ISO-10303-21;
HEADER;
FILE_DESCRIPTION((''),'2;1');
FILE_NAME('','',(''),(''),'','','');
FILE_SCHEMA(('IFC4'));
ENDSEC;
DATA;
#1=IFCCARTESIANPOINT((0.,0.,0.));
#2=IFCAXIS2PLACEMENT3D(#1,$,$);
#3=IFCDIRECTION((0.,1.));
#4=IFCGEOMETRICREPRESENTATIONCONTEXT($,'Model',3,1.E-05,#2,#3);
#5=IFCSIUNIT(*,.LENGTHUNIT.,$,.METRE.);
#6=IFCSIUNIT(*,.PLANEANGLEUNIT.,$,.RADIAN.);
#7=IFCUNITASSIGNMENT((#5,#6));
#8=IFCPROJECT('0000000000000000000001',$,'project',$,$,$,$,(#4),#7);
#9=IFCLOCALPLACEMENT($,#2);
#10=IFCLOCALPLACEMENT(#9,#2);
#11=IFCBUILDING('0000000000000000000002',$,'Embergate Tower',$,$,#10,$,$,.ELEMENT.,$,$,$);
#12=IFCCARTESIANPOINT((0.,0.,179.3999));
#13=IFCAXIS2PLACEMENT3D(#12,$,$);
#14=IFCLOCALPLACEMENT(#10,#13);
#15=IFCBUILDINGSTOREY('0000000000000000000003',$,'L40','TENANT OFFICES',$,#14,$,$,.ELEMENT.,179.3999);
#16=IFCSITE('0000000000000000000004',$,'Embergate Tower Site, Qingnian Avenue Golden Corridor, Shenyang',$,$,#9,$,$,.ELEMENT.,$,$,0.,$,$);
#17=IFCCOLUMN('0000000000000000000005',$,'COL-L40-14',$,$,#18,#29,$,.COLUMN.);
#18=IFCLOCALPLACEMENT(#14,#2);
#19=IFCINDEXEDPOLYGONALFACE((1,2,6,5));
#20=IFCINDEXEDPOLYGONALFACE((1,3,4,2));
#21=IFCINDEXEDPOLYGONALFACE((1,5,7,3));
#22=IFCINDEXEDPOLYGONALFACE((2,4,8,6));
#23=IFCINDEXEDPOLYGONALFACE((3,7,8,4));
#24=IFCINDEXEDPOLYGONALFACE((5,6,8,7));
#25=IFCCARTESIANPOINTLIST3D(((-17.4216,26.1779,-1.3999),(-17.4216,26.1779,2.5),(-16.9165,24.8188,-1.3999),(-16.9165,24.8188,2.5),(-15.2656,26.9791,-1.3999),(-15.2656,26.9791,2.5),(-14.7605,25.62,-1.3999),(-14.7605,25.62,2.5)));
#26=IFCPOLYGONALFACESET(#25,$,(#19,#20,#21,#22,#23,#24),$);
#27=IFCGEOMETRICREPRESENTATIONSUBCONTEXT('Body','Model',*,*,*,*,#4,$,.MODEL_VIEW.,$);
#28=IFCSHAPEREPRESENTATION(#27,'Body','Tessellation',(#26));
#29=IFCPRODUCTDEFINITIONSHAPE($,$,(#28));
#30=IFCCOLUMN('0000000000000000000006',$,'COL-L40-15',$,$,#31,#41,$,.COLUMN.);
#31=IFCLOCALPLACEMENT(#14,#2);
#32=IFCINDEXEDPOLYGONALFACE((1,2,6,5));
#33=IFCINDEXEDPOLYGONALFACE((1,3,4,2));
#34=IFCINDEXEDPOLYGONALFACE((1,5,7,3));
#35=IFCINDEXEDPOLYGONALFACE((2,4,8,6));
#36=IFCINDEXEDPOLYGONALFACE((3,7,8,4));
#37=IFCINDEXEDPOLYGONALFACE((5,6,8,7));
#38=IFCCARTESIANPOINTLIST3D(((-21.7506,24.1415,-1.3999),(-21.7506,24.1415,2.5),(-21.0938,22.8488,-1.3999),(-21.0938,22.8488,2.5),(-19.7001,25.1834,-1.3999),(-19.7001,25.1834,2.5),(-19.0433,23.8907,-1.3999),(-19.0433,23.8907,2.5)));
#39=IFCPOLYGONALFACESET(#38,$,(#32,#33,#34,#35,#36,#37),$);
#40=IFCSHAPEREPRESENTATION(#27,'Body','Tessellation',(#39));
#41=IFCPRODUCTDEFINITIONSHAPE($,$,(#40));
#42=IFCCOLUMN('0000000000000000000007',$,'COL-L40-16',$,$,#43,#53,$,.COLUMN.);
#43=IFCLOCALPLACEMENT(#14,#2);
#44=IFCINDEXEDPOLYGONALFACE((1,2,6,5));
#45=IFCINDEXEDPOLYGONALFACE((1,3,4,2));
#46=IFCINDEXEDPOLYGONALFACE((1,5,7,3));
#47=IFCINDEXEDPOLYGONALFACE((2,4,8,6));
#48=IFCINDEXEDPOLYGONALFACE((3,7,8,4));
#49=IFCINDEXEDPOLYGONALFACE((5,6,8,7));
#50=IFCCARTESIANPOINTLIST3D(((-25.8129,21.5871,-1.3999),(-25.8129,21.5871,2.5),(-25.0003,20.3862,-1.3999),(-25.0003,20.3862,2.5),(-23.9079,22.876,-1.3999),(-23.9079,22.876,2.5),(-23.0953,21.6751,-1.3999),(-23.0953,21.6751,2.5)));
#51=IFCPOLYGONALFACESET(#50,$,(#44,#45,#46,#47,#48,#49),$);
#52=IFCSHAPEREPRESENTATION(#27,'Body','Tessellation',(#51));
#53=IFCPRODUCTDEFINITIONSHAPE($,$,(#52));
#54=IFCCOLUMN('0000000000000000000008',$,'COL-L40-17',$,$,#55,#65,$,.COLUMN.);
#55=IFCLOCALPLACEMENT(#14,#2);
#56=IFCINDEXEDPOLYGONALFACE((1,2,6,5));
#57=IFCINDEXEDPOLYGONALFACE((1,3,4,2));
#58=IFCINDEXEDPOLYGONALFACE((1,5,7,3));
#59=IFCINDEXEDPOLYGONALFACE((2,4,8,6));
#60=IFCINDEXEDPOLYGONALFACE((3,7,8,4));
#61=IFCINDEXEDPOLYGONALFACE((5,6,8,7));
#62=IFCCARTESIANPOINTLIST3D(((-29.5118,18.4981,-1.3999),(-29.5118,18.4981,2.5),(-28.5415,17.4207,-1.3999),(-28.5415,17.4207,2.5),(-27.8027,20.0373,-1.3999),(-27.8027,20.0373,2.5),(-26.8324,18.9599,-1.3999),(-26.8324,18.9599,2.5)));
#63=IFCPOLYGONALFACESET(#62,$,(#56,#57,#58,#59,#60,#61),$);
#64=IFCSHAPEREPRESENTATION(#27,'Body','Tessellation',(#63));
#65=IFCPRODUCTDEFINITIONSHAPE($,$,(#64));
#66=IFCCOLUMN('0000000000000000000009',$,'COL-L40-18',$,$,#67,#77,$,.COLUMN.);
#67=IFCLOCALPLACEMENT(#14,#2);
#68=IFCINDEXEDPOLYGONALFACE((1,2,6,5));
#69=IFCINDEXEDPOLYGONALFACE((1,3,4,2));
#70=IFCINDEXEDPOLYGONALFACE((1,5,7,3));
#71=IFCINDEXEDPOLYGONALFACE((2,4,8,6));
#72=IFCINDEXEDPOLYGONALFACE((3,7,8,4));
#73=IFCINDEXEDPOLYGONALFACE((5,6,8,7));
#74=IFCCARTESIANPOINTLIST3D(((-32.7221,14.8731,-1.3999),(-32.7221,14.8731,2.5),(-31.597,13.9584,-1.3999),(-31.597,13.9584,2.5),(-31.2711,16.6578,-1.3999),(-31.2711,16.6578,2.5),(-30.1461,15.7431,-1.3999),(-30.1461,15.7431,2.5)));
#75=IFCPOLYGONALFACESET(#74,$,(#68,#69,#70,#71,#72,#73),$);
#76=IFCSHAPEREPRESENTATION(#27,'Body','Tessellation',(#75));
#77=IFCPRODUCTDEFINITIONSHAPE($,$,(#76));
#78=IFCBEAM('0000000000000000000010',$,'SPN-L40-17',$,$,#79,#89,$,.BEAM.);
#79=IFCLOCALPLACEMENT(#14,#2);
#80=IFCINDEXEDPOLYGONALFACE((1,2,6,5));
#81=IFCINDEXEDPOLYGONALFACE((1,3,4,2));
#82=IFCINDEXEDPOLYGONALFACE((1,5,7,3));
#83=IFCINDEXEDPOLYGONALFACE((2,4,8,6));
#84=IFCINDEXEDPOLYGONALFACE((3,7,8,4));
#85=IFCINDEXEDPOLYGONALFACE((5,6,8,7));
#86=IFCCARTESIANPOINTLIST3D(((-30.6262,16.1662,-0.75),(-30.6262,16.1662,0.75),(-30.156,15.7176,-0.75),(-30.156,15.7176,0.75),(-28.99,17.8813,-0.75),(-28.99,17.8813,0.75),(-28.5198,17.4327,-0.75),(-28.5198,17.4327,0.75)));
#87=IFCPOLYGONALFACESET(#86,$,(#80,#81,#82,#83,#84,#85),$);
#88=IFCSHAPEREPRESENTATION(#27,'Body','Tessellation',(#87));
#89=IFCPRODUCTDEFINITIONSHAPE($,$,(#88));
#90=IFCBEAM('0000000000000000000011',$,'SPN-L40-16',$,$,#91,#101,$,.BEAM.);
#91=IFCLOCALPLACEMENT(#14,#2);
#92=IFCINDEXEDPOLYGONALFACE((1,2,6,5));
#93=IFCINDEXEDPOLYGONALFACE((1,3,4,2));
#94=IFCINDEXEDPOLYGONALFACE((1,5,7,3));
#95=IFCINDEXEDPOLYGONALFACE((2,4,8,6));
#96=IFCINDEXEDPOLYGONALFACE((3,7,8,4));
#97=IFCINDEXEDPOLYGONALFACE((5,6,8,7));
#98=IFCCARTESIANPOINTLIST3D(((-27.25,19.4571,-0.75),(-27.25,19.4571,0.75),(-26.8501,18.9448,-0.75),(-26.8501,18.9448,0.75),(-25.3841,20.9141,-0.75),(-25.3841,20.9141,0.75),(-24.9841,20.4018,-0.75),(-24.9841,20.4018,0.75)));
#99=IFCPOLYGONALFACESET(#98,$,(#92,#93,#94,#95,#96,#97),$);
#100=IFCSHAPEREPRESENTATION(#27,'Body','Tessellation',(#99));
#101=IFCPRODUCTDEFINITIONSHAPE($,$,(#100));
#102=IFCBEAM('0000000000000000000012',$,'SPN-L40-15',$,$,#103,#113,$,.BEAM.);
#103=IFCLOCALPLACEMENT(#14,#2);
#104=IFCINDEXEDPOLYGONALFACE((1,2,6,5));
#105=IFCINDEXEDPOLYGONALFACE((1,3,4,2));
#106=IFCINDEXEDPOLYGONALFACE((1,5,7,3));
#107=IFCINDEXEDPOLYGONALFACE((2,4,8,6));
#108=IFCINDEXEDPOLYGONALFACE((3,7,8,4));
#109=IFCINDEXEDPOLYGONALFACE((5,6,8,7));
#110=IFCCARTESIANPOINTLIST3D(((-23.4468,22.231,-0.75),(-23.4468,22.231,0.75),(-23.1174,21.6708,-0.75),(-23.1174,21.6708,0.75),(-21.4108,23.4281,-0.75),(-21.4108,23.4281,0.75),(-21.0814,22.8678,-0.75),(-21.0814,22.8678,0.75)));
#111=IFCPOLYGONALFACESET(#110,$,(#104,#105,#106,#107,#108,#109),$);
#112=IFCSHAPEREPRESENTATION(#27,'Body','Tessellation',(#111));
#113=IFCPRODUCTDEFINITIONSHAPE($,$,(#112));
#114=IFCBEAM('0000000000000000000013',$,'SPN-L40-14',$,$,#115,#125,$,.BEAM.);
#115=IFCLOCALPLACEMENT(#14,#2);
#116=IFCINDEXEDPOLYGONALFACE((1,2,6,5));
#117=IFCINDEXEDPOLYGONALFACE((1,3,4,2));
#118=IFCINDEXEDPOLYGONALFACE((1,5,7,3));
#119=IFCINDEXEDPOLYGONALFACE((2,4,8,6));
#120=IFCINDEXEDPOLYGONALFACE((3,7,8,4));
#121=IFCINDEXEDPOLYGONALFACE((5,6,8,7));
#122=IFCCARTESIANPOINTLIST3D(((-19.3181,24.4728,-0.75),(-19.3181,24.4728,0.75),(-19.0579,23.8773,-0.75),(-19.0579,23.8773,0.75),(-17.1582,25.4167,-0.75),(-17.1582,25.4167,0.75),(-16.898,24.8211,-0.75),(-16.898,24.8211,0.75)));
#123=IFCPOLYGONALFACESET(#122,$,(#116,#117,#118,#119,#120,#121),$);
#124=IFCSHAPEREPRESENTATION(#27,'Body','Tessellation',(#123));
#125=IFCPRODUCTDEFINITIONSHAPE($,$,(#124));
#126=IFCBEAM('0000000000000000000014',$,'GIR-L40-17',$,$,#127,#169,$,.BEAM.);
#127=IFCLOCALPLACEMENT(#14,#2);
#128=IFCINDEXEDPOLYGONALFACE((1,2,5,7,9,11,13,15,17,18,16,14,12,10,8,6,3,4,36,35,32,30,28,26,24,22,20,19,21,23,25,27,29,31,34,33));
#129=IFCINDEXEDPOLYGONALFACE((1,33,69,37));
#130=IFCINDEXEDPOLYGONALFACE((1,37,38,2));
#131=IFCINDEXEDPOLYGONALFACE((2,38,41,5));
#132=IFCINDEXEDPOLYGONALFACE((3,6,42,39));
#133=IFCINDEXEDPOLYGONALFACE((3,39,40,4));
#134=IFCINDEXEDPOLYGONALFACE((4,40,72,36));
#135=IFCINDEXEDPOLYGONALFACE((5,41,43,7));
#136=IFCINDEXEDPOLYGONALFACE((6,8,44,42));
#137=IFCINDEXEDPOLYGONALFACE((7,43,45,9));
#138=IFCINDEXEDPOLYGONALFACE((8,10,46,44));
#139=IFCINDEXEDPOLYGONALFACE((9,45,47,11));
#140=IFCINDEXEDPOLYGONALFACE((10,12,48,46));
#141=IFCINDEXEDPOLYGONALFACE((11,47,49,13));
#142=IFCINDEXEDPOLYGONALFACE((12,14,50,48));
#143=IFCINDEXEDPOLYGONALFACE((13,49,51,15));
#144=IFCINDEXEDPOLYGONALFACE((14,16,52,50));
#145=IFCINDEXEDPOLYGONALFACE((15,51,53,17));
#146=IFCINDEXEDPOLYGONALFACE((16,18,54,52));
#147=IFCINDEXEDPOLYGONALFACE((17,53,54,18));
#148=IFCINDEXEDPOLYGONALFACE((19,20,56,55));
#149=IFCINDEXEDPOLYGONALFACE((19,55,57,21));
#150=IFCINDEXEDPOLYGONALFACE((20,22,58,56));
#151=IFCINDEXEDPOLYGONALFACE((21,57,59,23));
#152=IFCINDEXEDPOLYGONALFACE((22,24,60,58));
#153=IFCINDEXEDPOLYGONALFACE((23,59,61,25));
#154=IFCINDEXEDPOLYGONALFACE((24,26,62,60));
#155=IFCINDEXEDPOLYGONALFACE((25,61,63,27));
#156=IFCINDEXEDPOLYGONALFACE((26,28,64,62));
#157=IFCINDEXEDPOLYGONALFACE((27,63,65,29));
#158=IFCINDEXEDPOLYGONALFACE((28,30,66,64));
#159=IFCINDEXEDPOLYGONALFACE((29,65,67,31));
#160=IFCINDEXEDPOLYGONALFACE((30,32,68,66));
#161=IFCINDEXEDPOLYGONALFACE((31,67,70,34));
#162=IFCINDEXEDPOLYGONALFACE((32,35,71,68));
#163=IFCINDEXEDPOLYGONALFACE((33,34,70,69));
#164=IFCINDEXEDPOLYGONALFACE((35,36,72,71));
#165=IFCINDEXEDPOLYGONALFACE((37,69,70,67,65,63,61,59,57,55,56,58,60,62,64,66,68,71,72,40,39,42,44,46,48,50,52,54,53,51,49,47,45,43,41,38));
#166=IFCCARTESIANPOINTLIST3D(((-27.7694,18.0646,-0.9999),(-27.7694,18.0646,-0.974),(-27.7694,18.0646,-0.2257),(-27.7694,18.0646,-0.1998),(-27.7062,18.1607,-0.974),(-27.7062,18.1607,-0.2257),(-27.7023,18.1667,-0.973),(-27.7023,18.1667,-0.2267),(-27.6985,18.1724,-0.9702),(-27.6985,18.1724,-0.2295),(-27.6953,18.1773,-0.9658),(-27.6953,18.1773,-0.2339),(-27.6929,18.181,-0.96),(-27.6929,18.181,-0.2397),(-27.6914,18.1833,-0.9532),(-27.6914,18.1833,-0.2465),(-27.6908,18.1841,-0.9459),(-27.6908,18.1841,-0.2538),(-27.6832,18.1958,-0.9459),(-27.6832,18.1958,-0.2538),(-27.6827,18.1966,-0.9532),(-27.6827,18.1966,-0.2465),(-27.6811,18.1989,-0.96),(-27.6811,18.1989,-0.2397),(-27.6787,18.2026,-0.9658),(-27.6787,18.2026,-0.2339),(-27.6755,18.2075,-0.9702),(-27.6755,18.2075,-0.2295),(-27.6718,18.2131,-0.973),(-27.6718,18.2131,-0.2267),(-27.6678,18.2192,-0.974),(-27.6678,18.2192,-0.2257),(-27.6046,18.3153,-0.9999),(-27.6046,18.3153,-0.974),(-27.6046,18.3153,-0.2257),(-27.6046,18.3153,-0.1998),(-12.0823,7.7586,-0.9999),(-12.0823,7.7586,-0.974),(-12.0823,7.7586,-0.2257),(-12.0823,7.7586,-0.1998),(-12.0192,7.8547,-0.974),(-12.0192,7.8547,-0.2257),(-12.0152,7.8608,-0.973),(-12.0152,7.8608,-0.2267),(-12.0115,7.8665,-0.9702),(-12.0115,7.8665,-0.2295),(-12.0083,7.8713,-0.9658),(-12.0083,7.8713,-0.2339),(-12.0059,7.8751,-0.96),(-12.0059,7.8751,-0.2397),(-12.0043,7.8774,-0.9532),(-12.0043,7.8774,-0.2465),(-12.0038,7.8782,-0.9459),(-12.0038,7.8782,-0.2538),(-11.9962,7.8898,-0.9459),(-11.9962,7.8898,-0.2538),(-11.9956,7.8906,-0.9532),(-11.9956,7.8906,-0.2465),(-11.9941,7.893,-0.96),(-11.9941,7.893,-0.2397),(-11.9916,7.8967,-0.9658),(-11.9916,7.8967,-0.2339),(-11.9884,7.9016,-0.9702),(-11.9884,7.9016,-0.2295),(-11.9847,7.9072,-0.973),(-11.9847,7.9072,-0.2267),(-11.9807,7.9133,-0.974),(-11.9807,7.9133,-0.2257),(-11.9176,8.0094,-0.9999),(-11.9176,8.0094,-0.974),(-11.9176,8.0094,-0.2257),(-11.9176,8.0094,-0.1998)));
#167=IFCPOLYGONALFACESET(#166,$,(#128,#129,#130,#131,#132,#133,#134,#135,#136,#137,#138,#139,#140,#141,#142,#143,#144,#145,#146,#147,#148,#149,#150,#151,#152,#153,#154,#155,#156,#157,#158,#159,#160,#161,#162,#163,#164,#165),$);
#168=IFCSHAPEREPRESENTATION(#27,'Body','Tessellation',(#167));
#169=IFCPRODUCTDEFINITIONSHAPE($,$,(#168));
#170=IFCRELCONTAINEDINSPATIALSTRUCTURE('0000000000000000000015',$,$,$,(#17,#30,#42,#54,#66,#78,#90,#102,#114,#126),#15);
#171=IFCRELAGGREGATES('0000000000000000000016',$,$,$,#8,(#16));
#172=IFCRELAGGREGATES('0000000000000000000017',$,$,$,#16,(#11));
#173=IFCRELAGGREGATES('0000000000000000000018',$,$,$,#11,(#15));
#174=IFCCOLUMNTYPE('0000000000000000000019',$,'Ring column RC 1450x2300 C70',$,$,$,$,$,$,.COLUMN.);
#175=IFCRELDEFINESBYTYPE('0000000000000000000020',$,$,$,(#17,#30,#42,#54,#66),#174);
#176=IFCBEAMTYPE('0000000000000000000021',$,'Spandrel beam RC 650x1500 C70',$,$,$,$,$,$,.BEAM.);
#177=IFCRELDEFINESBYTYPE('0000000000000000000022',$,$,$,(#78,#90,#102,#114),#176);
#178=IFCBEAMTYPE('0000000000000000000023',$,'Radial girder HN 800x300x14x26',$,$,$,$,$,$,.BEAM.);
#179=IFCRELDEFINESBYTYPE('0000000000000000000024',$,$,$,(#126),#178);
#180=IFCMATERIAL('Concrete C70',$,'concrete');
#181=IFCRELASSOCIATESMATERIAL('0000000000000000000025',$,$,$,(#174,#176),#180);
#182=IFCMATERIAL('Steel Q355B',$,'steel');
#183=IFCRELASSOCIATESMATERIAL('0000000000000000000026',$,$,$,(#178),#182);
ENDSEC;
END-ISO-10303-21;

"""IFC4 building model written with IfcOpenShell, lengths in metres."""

from ifc_helpers import new_model, si_unit, direction, frame, origin, origin_2d, place, context, subcontext, project, spatial, rectangle, i_section, extrude, source, transform, mapped, material, material_profile, profile_set, type_object, element, save


model = new_model("IFC4")

# Units and contexts
model_context = context("Model", 3, precision=1e-05, world=origin(), true_north=direction((0.0, 1.0)))
body_context = subcontext(model_context, "Body", "Model", "MODEL_VIEW")
ifc_project = project(units=[si_unit("LENGTHUNIT", "METRE"), si_unit("PLANEANGLEUNIT", "RADIAN")], contexts=[model_context])

# Site, building, storey
site_placement = place(None, origin())
site = spatial("IfcSite", under=ifc_project, at=site_placement, Name="Embergate Tower Site, Qingnian Avenue Golden Corridor, Shenyang", CompositionType="ELEMENT", RefElevation=0.0)
building_placement = place(site_placement, origin())
building = spatial("IfcBuilding", under=site, at=building_placement, Name="Embergate Tower", CompositionType="ELEMENT")
storey_placement = place(building_placement, frame((0.0, 0.0, 179.3999)))
storey = spatial("IfcBuildingStorey", under=building, at=storey_placement, Name="L40", Description="TENANT OFFICES", CompositionType="ELEMENT", Elevation=179.3999)

# Columns
ifc_material_1 = material(Name="Concrete C70", Category="concrete")
ifc_material_profile_1 = material_profile(ifc_material_1, rectangle(XDim=1.45, YDim=2.3, at=origin_2d()), Name="RC 1450x2300")
ifc_profile_set_1 = profile_set([ifc_material_profile_1], Name="Concrete C70")
column_type = type_object("IfcColumnType", Name="Ring column RC 1450x2300 C70", PredefinedType="COLUMN", material=ifc_profile_set_1)
shared_shape_1 = source(origin(), body_context, "Body", "SweptSolid", [
    extrude(rectangle(XDim=1.45, YDim=2.3, at=origin_2d()), origin(), (0.0, 0.0, 1.0), 3.8999),
])
for number, where, z_axis, x_axis, name in (
    (1, (-16.0911, 25.8989, -1.3999), (0.0, 0.0, 1.0), (-0.348343, 0.937367, 0.0), "COL-L40-14"),
    (2, (-20.397, 24.0161, -1.3999), (0.0, 0.0, 1.0), (-0.452995, 0.891513, 0.0), "COL-L40-15"),
    (3, (-24.4541, 21.6311, -1.3999), (0.0, 0.0, 1.0), (-0.560393, 0.828227, 0.0), "COL-L40-16"),
    (4, (-28.1721, 18.729, -1.3999), (0.0, 0.0, 1.0), (-0.669208, 0.743075, 0.0), "COL-L40-17"),
    (5, (-31.4341, 15.3081, -1.3999), (0.0, 0.0, 1.0), (-0.775914, 0.630838, 0.0), "COL-L40-18"),
):
    element("IfcColumn", number, at=place(storey_placement, frame(where, z_axis=z_axis, x_axis=x_axis)), inside=storey, type_object=column_type, Name=name, PredefinedType="COLUMN", context=body_context, shape_type="MappedRepresentation", body=[
        mapped(shared_shape_1, transform((0.0, 0.0, 0.0))),
    ])

# Beams
ifc_material_profile_2 = material_profile(ifc_material_1, rectangle(XDim=0.6499, YDim=1.5, at=origin_2d()), Name="RC 650x1500")
ifc_profile_set_2 = profile_set([ifc_material_profile_2], Name="Concrete C70")
beam_type_1 = type_object("IfcBeamType", Name="Spandrel beam RC 650x1500 C70", PredefinedType="BEAM", material=ifc_profile_set_2)
shared_shape_2 = source(origin(), body_context, "Body", "SweptSolid", [
    extrude(rectangle(XDim=0.6499, YDim=1.5, at=origin_2d()), origin(), (0.0, 0.0, 1.0), 2.3704),
])
beam_1_placement = place(storey_placement, frame((-28.7549, 17.657, 0.0), z_axis=(-0.690277, -0.723545, 0.0), x_axis=(0.723545, -0.690277, 0.0)))
element("IfcBeam", 6, at=beam_1_placement, inside=storey, type_object=beam_type_1, Name="SPN-L40-17", PredefinedType="BEAM", context=body_context, shape_type="MappedRepresentation", body=[
    mapped(shared_shape_2, transform((0.0, 0.0, 0.0))),
])
shared_shape_3 = source(origin(), body_context, "Body", "SweptSolid", [
    extrude(rectangle(XDim=0.6499, YDim=1.5, at=origin_2d()), origin(), (0.0, 0.0, 1.0), 2.3674),
])
beam_2_placement = place(storey_placement, frame((-25.1841, 20.658, 0.0), z_axis=(-0.788179, -0.615446, 0.0), x_axis=(0.615446, -0.788179, 0.0)))
element("IfcBeam", 7, at=beam_2_placement, inside=storey, type_object=beam_type_1, Name="SPN-L40-16", PredefinedType="BEAM", context=body_context, shape_type="MappedRepresentation", body=[
    mapped(shared_shape_3, transform((0.0, 0.0, 0.0))),
])
shared_shape_4 = source(origin(), body_context, "Body", "SweptSolid", [
    extrude(rectangle(XDim=0.6499, YDim=1.5, at=origin_2d()), origin(), (0.0, 0.0, 1.0), 2.3618),
])
beam_3_placement = place(storey_placement, frame((-21.2461, 23.1479, 0.0), z_axis=(-0.862038, -0.506844, 0.0), x_axis=(0.506844, -0.862038, 0.0)))
element("IfcBeam", 8, at=beam_3_placement, inside=storey, type_object=beam_type_1, Name="SPN-L40-15", PredefinedType="BEAM", context=body_context, shape_type="MappedRepresentation", body=[
    mapped(shared_shape_4, transform((0.0, 0.0, 0.0))),
])
shared_shape_5 = source(origin(), body_context, "Body", "SweptSolid", [
    extrude(rectangle(XDim=0.6499, YDim=1.5, at=origin_2d()), origin(), (0.0, 0.0, 1.0), 2.3572),
])
beam_4_placement = place(storey_placement, frame((-17.0281, 25.1189, 0.0), z_axis=(-0.916331, -0.400422, 0.0), x_axis=(0.400422, -0.916331, 0.0)))
element("IfcBeam", 9, at=beam_4_placement, inside=storey, type_object=beam_type_1, Name="SPN-L40-14", PredefinedType="BEAM", context=body_context, shape_type="MappedRepresentation", body=[
    mapped(shared_shape_5, transform((0.0, 0.0, 0.0))),
])
ifc_material_2 = material(Name="Steel Q355B", Category="steel")
ifc_material_profile_3 = material_profile(ifc_material_2, i_section(OverallWidth=0.3, OverallDepth=0.8, WebThickness=0.0139, FlangeThickness=0.0259, FilletRadius=0.0281, at=origin_2d()), Name="HN 800x300x14x26")
ifc_profile_set_3 = profile_set([ifc_material_profile_3], Name="Steel Q355 grade B")
beam_type_2 = type_object("IfcBeamType", Name="Radial girder HN 800x300x14x26", PredefinedType="BEAM", material=ifc_profile_set_3)
shared_shape_6 = source(origin(), body_context, "Body", "SweptSolid", [
    extrude(i_section(OverallWidth=0.3, OverallDepth=0.8, WebThickness=0.0139, FlangeThickness=0.0259, FilletRadius=0.0281, at=origin_2d()), origin(), (0.0, 0.0, 1.0), 18.7695),
])
beam_5_placement = place(storey_placement, frame((-27.687, 18.1899, -0.5999), z_axis=(0.835771, -0.549077, 0.0), x_axis=(0.549077, 0.835771, 0.0)))
element("IfcBeam", 10, at=beam_5_placement, inside=storey, type_object=beam_type_2, Name="GIR-L40-17", PredefinedType="BEAM", context=body_context, shape_type="MappedRepresentation", body=[
    mapped(shared_shape_6, transform((0.0, 0.0, 0.0))),
])

save(model, "model.ifc")
